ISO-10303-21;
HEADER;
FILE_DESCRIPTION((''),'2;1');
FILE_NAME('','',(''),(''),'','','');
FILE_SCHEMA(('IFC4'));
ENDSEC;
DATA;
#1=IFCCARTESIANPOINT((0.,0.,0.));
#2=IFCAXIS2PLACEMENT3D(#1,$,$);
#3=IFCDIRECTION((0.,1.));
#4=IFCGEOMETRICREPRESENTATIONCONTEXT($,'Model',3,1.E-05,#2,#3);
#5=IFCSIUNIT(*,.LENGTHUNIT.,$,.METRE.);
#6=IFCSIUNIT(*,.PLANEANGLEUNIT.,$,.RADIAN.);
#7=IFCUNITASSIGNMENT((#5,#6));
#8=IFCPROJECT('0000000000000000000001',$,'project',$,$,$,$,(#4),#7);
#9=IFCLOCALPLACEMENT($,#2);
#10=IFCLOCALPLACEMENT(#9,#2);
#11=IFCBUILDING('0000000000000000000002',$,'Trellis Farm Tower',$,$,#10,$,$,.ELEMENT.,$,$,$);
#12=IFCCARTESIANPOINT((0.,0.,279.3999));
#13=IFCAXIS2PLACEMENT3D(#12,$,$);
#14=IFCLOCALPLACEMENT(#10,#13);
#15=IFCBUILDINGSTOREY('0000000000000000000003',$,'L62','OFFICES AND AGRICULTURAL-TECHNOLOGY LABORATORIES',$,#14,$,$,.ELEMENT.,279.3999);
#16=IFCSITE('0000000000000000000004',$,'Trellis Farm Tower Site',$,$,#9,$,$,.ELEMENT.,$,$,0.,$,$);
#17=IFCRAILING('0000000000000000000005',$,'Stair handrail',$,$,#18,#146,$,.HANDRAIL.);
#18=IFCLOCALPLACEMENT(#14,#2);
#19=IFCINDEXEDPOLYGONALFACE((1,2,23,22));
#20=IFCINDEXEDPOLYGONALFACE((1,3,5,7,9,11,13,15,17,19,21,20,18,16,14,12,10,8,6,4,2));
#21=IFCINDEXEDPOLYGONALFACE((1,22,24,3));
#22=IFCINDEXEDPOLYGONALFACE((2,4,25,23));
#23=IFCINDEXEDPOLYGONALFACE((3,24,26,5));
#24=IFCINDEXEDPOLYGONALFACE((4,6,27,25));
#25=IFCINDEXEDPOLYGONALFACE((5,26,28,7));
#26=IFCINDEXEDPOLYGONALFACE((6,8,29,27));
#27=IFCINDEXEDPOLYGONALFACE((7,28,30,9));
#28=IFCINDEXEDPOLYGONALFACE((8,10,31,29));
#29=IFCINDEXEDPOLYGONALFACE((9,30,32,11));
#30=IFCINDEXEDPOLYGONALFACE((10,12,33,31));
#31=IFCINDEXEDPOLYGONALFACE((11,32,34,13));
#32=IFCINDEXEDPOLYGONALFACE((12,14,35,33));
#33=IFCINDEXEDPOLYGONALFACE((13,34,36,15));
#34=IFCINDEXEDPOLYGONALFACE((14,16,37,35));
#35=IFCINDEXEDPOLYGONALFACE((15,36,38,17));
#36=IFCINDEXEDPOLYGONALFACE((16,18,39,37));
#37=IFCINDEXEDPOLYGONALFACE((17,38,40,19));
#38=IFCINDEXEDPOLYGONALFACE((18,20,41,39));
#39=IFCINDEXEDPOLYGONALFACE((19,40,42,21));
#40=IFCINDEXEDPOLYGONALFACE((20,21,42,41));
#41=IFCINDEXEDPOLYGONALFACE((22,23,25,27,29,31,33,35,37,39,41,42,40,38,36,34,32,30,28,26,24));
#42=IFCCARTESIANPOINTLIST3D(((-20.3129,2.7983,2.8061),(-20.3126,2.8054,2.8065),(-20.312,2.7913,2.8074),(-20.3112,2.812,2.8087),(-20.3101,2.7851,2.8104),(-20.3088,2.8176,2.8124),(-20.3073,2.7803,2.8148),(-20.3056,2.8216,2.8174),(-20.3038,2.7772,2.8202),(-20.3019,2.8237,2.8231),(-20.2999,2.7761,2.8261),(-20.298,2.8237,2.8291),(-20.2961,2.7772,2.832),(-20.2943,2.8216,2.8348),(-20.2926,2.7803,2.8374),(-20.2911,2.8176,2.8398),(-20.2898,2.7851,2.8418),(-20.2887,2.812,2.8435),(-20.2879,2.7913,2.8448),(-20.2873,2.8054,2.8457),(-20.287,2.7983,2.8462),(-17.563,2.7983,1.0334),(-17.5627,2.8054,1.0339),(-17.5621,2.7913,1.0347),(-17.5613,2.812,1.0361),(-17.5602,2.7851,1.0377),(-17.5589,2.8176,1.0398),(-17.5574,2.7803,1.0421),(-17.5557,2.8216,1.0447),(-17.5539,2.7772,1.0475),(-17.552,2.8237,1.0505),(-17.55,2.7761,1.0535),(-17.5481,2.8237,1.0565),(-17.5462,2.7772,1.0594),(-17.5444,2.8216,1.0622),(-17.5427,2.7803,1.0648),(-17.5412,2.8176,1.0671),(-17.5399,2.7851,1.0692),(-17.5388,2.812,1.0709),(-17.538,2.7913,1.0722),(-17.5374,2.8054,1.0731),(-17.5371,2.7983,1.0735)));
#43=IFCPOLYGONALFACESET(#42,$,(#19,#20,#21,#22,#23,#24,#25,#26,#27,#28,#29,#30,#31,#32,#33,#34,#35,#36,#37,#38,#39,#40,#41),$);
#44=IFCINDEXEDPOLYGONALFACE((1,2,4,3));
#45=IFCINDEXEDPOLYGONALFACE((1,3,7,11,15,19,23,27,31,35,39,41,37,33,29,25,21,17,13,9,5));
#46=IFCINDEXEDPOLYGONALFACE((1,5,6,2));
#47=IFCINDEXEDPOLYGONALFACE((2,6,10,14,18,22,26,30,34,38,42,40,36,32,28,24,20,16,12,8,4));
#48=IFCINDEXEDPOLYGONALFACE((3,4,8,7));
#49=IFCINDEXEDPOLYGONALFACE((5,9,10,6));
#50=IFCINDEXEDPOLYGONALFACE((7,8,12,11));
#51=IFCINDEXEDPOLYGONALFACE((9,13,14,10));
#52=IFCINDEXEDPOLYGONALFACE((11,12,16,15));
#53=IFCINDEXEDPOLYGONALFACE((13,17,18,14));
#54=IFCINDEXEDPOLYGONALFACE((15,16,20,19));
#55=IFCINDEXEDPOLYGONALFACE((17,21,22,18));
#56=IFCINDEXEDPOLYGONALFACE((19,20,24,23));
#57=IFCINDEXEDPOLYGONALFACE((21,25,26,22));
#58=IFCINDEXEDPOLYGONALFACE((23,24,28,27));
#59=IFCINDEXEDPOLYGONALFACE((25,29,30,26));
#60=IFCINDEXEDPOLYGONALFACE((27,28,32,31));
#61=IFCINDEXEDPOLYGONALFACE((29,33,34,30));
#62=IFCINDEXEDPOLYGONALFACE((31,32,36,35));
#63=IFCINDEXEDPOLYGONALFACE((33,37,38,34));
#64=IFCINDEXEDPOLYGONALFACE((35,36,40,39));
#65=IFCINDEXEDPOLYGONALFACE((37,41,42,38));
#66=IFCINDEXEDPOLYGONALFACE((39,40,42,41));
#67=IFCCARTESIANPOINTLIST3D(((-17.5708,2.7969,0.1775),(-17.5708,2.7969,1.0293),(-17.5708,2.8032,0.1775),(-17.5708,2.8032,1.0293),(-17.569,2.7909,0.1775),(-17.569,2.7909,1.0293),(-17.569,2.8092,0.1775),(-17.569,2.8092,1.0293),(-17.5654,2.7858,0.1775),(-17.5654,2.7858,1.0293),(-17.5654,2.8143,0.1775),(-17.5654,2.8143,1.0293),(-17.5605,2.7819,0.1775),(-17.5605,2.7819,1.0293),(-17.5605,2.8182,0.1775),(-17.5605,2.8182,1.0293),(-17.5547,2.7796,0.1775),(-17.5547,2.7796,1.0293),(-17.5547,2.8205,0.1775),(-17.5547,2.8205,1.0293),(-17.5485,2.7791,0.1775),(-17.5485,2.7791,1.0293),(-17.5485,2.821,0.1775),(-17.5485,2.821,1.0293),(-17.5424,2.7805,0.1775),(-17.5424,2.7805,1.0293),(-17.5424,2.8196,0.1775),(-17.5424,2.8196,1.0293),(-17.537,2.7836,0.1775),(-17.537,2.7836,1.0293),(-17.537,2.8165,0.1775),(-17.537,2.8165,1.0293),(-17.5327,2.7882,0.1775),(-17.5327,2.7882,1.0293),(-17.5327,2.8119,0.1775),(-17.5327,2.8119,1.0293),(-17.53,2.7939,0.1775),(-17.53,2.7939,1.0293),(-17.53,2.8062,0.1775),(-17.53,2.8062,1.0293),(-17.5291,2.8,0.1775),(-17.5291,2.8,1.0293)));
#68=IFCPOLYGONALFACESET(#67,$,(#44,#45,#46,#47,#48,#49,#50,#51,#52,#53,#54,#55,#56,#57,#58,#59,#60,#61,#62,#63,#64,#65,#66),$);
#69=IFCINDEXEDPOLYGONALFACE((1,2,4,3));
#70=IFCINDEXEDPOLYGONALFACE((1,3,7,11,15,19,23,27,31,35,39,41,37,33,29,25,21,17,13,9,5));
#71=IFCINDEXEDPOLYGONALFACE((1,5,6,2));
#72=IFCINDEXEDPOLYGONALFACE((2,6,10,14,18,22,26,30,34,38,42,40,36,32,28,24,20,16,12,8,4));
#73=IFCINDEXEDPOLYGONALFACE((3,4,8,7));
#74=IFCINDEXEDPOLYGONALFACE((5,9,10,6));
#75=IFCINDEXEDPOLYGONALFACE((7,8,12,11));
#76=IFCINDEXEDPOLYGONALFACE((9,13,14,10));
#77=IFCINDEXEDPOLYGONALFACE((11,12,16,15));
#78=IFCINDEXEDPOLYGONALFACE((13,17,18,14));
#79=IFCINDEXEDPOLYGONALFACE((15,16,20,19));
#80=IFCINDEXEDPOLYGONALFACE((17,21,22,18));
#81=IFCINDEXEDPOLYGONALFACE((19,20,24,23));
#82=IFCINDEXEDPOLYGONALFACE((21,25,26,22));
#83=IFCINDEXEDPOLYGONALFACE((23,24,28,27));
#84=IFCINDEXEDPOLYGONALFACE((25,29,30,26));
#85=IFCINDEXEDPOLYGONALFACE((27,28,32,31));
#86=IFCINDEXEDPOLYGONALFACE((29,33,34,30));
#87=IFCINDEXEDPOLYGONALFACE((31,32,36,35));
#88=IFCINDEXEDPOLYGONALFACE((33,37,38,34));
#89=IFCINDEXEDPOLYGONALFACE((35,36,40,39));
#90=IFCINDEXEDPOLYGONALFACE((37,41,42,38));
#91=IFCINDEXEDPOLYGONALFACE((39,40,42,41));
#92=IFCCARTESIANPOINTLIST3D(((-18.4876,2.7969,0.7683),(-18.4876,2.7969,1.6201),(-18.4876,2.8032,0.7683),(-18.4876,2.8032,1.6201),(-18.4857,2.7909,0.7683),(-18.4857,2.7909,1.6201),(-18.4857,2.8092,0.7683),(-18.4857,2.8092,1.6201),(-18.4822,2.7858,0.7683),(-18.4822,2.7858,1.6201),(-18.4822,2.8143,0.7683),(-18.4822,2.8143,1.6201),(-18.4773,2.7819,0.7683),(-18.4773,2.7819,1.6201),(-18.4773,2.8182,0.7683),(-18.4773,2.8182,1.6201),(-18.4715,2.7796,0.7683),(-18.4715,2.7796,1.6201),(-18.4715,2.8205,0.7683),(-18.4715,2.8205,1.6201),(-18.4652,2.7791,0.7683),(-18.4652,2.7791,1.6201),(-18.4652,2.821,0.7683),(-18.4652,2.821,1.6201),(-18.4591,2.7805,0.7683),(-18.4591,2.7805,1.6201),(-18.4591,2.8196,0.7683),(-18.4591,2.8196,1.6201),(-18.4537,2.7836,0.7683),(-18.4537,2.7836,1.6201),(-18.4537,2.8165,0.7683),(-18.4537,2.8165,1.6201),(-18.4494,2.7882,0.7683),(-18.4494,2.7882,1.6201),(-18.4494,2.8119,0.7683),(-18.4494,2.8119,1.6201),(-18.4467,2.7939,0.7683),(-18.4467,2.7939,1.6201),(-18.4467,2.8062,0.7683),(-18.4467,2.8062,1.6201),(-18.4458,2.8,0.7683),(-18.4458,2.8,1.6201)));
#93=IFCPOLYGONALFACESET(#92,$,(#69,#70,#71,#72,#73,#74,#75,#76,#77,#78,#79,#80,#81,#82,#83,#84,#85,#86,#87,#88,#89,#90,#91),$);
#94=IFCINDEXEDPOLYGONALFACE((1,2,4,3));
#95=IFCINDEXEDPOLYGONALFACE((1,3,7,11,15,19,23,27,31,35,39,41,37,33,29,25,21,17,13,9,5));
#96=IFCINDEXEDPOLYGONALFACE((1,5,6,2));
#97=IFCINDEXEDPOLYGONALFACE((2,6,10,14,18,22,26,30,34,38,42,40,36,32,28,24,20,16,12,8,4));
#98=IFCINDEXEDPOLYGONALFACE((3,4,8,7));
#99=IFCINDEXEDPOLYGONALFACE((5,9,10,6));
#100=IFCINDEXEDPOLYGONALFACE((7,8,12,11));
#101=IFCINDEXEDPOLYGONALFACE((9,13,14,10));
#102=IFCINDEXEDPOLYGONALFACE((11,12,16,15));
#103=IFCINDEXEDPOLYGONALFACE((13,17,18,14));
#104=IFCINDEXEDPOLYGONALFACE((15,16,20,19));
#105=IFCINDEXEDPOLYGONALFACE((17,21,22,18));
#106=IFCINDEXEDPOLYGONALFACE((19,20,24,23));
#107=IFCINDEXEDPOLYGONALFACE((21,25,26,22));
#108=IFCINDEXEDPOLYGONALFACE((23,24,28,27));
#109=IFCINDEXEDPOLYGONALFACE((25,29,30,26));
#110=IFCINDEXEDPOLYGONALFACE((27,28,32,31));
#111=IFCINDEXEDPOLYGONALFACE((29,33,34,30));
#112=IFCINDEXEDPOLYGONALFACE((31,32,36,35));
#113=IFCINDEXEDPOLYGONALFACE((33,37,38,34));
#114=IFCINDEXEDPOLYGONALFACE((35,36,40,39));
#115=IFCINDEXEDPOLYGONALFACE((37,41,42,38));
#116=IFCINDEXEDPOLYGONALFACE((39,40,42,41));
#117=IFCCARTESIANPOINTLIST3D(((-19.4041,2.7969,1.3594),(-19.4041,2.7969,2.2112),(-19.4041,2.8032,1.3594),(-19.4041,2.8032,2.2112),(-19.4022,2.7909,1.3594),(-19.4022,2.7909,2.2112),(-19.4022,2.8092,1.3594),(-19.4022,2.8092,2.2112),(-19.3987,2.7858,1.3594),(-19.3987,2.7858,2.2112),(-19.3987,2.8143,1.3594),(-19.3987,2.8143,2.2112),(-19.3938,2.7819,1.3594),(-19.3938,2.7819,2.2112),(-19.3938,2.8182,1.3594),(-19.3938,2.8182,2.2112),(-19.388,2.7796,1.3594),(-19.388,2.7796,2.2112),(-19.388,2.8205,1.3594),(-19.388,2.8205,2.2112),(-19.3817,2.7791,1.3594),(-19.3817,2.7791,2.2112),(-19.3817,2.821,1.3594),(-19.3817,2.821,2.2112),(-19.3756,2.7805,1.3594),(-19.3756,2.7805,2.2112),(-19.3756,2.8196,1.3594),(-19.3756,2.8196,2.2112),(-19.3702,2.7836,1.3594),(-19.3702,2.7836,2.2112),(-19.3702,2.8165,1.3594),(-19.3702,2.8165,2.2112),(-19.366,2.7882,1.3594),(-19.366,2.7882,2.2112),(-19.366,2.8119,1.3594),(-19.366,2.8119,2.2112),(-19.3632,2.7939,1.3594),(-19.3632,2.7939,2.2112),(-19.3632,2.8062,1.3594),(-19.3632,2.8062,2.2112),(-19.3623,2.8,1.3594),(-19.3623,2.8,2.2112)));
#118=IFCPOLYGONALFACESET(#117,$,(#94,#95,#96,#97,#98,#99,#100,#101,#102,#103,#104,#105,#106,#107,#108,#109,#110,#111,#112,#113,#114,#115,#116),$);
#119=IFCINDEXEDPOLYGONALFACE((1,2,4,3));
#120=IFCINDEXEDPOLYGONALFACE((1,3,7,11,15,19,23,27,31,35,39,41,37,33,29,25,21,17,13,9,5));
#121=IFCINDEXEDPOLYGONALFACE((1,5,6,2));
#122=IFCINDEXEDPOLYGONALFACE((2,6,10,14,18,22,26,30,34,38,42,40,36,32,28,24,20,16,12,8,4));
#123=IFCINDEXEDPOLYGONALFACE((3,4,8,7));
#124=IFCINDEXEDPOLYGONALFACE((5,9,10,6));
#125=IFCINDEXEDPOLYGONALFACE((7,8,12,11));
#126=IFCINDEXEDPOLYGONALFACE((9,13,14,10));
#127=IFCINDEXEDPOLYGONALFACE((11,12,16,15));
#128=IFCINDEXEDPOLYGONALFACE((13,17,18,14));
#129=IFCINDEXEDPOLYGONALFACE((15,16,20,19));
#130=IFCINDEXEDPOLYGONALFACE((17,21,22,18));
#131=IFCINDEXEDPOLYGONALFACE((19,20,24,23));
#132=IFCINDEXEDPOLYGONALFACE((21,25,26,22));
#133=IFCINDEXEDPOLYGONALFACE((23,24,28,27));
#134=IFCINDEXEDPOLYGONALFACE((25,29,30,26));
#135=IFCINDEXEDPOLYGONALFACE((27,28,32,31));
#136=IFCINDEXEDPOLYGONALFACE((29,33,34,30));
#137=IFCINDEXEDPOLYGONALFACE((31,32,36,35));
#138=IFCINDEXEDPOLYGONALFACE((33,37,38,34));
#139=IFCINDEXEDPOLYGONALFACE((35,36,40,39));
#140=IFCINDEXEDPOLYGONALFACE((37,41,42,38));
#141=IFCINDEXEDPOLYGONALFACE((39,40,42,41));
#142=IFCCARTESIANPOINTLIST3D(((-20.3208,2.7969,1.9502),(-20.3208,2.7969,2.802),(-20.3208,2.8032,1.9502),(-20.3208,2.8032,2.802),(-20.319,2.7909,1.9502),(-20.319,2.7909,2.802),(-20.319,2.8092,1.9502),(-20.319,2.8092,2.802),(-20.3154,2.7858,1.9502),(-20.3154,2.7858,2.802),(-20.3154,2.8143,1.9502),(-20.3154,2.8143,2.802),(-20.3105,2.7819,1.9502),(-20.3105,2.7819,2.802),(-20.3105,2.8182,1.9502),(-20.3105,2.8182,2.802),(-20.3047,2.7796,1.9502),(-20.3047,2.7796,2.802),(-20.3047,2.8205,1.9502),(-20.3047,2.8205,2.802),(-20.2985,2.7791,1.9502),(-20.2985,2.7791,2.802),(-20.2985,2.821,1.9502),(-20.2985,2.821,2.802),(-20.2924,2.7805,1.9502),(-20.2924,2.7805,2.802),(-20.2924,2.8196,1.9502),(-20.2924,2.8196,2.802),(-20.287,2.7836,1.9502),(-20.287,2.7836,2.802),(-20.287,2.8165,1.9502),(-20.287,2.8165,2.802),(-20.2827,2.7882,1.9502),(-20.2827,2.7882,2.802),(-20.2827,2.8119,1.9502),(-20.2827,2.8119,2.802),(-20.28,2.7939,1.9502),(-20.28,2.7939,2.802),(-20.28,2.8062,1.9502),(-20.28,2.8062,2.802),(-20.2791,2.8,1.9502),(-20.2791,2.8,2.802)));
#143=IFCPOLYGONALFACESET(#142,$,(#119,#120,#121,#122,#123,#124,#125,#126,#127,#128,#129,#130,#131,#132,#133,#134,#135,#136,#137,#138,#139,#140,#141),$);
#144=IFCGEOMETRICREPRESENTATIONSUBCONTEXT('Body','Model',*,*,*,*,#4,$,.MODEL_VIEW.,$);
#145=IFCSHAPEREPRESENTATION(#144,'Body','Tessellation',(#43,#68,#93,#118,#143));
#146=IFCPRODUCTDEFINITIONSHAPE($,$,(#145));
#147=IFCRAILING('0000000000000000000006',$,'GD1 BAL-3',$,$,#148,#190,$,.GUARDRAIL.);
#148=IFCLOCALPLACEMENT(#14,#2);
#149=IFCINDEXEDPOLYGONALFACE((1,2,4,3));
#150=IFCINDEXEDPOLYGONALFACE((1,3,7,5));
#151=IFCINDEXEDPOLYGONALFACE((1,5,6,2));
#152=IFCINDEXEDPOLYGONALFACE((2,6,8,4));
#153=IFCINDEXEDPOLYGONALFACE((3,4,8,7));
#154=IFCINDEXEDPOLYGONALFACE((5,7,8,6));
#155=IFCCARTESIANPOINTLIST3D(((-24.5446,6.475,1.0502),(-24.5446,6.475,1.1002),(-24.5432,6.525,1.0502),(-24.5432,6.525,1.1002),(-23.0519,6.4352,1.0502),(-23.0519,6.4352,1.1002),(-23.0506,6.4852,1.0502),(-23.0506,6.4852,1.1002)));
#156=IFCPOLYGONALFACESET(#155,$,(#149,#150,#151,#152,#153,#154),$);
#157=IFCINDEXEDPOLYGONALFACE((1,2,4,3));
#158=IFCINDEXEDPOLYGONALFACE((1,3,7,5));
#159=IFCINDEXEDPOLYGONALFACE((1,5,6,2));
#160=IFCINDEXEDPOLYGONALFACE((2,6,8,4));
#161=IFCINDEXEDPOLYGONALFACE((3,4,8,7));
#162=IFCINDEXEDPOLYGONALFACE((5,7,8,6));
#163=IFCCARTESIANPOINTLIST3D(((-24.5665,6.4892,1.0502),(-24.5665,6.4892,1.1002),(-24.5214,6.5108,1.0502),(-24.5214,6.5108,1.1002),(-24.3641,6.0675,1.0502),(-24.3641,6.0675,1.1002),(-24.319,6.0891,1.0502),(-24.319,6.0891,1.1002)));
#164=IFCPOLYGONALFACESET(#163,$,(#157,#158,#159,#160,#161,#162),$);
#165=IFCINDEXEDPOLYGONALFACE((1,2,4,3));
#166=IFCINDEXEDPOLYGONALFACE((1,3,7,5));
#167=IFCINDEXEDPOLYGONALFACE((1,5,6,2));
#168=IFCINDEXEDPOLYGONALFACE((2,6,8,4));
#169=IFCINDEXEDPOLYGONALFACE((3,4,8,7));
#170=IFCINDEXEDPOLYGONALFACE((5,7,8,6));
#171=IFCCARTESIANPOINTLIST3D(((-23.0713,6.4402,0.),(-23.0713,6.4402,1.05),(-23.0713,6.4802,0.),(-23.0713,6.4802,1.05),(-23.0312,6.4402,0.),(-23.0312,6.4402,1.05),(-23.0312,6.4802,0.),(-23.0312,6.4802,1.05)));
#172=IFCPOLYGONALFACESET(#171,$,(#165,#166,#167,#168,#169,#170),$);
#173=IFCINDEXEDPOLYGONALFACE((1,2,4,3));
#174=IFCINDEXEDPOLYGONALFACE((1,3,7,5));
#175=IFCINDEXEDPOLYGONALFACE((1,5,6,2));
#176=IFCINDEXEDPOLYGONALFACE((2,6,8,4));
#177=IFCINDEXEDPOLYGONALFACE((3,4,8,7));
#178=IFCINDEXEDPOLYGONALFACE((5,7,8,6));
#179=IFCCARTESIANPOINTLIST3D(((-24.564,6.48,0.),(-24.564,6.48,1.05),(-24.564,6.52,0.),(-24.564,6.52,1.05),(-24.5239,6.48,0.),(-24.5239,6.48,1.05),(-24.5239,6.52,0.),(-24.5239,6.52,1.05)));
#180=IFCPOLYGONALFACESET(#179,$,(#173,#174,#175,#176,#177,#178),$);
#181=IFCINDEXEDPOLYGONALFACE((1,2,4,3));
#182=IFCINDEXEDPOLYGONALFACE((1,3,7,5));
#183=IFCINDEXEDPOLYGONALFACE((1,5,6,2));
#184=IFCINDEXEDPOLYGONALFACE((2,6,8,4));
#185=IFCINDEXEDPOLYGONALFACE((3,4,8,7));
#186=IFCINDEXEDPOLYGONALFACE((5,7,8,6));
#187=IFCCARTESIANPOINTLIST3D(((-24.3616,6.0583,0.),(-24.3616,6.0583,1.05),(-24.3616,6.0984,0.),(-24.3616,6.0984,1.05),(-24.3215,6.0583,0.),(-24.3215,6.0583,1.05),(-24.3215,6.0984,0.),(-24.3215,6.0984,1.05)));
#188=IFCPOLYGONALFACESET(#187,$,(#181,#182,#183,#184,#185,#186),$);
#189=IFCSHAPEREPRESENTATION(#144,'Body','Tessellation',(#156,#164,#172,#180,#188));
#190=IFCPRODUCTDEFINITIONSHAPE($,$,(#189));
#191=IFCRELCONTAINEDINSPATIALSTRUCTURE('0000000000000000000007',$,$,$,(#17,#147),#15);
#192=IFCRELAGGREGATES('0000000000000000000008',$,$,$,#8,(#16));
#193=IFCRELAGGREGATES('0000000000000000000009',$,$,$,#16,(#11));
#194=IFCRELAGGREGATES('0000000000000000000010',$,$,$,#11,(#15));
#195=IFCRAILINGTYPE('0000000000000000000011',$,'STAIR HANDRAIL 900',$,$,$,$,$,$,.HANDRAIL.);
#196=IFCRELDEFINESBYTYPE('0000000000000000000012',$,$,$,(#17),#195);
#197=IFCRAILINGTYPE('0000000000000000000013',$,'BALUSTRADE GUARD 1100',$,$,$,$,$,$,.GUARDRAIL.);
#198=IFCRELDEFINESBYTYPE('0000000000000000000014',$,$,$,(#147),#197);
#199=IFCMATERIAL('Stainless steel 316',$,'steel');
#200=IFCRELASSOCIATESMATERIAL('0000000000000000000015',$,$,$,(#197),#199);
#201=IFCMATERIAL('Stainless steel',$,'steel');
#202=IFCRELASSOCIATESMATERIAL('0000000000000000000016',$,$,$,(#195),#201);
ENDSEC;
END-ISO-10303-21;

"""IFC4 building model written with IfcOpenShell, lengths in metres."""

from ifc_helpers import new_model, si_unit, direction, frame, origin, origin_2d, place, context, subcontext, project, spatial, rectangle, circle, extrude, source, transform, mapped, material, type_object, element, save


model = new_model("IFC4")

# Units and contexts
model_context = context("Model", 3, precision=1e-05, world=origin(), true_north=direction((0.0, 1.0)))
body_context = subcontext(model_context, "Body", "Model", "MODEL_VIEW")
ifc_project = project(units=[si_unit("LENGTHUNIT", "METRE"), si_unit("PLANEANGLEUNIT", "RADIAN")], contexts=[model_context])

# Site, building, storey
site_placement = place(None, origin())
site = spatial("IfcSite", under=ifc_project, at=site_placement, Name="Trellis Farm Tower Site", CompositionType="ELEMENT", RefElevation=0.0)
building_placement = place(site_placement, origin())
building = spatial("IfcBuilding", under=site, at=building_placement, Name="Trellis Farm Tower", CompositionType="ELEMENT")
storey_placement = place(building_placement, frame((0.0, 0.0, 279.3999)))
storey = spatial("IfcBuildingStorey", under=building, at=storey_placement, Name="L62", Description="OFFICES AND AGRICULTURAL-TECHNOLOGY LABORATORIES", CompositionType="ELEMENT", Elevation=279.3999)

# Railings
ifc_material_1 = material(Name="Stainless steel 316", Category="steel")
railing_type_1 = type_object("IfcRailingType", Name="BALUSTRADE GUARD 1100", PredefinedType="GUARDRAIL", material=ifc_material_1)
ifc_material_2 = material(Name="Stainless steel", Category="steel")
railing_type_2 = type_object("IfcRailingType", Name="STAIR HANDRAIL 900", PredefinedType="HANDRAIL", material=ifc_material_2)
shared_shape_1 = source(origin(), body_context, "Body", "SweptSolid", [
    extrude(circle(Radius=0.0239, at=origin_2d()), frame((0.0, 0.0, 0.876), z_axis=(-0.840504, 0.0, 0.541806), x_axis=(0.0, -1.0, 0.0)), (0.0, 0.0, 1.0), 3.2717),
    extrude(circle(Radius=0.021, at=origin_2d()), origin(), (0.0, 0.0, 1.0), 0.8518),
    extrude(circle(Radius=0.021, at=origin_2d()), frame((-0.9167, 0.0, 0.5908)), (0.0, 0.0, 1.0), 0.8518),
    extrude(circle(Radius=0.021, at=origin_2d()), frame((-1.8333, 0.0, 1.1819)), (0.0, 0.0, 1.0), 0.8518),
    extrude(circle(Radius=0.021, at=origin_2d()), frame((-2.75, 0.0, 1.7727)), (0.0, 0.0, 1.0), 0.8518),
])
for number, where, name in (
    (1, (-17.55, 2.8, 0.1775), "Stair handrail"),
):
    element("IfcRailing", number, at=place(storey_placement, frame(where)), inside=storey, type_object=railing_type_2, Name=name, PredefinedType="HANDRAIL", context=body_context, shape_type="MappedRepresentation", body=[
        mapped(shared_shape_1, transform((0.0, 0.0, 0.0))),
    ])
shared_shape_2 = source(origin(), body_context, "Body", "SweptSolid", [
    extrude(rectangle(XDim=0.05, YDim=0.05, at=origin_2d()), frame((0.0, 0.0, 1.0752), z_axis=(-0.999645, 0.026651, 0.0), x_axis=(-0.026651, -0.999645, 0.0)), (0.0, 0.0, 1.0), 1.4932),
    extrude(rectangle(XDim=0.05, YDim=0.05, at=origin_2d()), frame((-1.4927, 0.0398, 1.0752), z_axis=(0.432748, -0.901515, 0.0), x_axis=(0.901515, 0.432748, 0.0)), (0.0, 0.0, 1.0), 0.4678),
    extrude(rectangle(XDim=0.04, YDim=0.04, at=origin_2d()), origin(), (0.0, 0.0, 1.0), 1.05),
    extrude(rectangle(XDim=0.04, YDim=0.04, at=origin_2d()), frame((-1.4927, 0.0398, 0.0)), (0.0, 0.0, 1.0), 1.05),
    extrude(rectangle(XDim=0.04, YDim=0.04, at=origin_2d()), frame((-1.2903, -0.3818, 0.0)), (0.0, 0.0, 1.0), 1.05),
])
railing_1_placement = place(storey_placement, frame((-23.0513, 6.4602, 0.0)))
element("IfcRailing", 2, at=railing_1_placement, inside=storey, type_object=railing_type_1, Name="GD1 BAL-3", PredefinedType="GUARDRAIL", context=body_context, shape_type="MappedRepresentation", body=[
    mapped(shared_shape_2, transform((0.0, 0.0, 0.0))),
])

save(model, "model.ifc")
